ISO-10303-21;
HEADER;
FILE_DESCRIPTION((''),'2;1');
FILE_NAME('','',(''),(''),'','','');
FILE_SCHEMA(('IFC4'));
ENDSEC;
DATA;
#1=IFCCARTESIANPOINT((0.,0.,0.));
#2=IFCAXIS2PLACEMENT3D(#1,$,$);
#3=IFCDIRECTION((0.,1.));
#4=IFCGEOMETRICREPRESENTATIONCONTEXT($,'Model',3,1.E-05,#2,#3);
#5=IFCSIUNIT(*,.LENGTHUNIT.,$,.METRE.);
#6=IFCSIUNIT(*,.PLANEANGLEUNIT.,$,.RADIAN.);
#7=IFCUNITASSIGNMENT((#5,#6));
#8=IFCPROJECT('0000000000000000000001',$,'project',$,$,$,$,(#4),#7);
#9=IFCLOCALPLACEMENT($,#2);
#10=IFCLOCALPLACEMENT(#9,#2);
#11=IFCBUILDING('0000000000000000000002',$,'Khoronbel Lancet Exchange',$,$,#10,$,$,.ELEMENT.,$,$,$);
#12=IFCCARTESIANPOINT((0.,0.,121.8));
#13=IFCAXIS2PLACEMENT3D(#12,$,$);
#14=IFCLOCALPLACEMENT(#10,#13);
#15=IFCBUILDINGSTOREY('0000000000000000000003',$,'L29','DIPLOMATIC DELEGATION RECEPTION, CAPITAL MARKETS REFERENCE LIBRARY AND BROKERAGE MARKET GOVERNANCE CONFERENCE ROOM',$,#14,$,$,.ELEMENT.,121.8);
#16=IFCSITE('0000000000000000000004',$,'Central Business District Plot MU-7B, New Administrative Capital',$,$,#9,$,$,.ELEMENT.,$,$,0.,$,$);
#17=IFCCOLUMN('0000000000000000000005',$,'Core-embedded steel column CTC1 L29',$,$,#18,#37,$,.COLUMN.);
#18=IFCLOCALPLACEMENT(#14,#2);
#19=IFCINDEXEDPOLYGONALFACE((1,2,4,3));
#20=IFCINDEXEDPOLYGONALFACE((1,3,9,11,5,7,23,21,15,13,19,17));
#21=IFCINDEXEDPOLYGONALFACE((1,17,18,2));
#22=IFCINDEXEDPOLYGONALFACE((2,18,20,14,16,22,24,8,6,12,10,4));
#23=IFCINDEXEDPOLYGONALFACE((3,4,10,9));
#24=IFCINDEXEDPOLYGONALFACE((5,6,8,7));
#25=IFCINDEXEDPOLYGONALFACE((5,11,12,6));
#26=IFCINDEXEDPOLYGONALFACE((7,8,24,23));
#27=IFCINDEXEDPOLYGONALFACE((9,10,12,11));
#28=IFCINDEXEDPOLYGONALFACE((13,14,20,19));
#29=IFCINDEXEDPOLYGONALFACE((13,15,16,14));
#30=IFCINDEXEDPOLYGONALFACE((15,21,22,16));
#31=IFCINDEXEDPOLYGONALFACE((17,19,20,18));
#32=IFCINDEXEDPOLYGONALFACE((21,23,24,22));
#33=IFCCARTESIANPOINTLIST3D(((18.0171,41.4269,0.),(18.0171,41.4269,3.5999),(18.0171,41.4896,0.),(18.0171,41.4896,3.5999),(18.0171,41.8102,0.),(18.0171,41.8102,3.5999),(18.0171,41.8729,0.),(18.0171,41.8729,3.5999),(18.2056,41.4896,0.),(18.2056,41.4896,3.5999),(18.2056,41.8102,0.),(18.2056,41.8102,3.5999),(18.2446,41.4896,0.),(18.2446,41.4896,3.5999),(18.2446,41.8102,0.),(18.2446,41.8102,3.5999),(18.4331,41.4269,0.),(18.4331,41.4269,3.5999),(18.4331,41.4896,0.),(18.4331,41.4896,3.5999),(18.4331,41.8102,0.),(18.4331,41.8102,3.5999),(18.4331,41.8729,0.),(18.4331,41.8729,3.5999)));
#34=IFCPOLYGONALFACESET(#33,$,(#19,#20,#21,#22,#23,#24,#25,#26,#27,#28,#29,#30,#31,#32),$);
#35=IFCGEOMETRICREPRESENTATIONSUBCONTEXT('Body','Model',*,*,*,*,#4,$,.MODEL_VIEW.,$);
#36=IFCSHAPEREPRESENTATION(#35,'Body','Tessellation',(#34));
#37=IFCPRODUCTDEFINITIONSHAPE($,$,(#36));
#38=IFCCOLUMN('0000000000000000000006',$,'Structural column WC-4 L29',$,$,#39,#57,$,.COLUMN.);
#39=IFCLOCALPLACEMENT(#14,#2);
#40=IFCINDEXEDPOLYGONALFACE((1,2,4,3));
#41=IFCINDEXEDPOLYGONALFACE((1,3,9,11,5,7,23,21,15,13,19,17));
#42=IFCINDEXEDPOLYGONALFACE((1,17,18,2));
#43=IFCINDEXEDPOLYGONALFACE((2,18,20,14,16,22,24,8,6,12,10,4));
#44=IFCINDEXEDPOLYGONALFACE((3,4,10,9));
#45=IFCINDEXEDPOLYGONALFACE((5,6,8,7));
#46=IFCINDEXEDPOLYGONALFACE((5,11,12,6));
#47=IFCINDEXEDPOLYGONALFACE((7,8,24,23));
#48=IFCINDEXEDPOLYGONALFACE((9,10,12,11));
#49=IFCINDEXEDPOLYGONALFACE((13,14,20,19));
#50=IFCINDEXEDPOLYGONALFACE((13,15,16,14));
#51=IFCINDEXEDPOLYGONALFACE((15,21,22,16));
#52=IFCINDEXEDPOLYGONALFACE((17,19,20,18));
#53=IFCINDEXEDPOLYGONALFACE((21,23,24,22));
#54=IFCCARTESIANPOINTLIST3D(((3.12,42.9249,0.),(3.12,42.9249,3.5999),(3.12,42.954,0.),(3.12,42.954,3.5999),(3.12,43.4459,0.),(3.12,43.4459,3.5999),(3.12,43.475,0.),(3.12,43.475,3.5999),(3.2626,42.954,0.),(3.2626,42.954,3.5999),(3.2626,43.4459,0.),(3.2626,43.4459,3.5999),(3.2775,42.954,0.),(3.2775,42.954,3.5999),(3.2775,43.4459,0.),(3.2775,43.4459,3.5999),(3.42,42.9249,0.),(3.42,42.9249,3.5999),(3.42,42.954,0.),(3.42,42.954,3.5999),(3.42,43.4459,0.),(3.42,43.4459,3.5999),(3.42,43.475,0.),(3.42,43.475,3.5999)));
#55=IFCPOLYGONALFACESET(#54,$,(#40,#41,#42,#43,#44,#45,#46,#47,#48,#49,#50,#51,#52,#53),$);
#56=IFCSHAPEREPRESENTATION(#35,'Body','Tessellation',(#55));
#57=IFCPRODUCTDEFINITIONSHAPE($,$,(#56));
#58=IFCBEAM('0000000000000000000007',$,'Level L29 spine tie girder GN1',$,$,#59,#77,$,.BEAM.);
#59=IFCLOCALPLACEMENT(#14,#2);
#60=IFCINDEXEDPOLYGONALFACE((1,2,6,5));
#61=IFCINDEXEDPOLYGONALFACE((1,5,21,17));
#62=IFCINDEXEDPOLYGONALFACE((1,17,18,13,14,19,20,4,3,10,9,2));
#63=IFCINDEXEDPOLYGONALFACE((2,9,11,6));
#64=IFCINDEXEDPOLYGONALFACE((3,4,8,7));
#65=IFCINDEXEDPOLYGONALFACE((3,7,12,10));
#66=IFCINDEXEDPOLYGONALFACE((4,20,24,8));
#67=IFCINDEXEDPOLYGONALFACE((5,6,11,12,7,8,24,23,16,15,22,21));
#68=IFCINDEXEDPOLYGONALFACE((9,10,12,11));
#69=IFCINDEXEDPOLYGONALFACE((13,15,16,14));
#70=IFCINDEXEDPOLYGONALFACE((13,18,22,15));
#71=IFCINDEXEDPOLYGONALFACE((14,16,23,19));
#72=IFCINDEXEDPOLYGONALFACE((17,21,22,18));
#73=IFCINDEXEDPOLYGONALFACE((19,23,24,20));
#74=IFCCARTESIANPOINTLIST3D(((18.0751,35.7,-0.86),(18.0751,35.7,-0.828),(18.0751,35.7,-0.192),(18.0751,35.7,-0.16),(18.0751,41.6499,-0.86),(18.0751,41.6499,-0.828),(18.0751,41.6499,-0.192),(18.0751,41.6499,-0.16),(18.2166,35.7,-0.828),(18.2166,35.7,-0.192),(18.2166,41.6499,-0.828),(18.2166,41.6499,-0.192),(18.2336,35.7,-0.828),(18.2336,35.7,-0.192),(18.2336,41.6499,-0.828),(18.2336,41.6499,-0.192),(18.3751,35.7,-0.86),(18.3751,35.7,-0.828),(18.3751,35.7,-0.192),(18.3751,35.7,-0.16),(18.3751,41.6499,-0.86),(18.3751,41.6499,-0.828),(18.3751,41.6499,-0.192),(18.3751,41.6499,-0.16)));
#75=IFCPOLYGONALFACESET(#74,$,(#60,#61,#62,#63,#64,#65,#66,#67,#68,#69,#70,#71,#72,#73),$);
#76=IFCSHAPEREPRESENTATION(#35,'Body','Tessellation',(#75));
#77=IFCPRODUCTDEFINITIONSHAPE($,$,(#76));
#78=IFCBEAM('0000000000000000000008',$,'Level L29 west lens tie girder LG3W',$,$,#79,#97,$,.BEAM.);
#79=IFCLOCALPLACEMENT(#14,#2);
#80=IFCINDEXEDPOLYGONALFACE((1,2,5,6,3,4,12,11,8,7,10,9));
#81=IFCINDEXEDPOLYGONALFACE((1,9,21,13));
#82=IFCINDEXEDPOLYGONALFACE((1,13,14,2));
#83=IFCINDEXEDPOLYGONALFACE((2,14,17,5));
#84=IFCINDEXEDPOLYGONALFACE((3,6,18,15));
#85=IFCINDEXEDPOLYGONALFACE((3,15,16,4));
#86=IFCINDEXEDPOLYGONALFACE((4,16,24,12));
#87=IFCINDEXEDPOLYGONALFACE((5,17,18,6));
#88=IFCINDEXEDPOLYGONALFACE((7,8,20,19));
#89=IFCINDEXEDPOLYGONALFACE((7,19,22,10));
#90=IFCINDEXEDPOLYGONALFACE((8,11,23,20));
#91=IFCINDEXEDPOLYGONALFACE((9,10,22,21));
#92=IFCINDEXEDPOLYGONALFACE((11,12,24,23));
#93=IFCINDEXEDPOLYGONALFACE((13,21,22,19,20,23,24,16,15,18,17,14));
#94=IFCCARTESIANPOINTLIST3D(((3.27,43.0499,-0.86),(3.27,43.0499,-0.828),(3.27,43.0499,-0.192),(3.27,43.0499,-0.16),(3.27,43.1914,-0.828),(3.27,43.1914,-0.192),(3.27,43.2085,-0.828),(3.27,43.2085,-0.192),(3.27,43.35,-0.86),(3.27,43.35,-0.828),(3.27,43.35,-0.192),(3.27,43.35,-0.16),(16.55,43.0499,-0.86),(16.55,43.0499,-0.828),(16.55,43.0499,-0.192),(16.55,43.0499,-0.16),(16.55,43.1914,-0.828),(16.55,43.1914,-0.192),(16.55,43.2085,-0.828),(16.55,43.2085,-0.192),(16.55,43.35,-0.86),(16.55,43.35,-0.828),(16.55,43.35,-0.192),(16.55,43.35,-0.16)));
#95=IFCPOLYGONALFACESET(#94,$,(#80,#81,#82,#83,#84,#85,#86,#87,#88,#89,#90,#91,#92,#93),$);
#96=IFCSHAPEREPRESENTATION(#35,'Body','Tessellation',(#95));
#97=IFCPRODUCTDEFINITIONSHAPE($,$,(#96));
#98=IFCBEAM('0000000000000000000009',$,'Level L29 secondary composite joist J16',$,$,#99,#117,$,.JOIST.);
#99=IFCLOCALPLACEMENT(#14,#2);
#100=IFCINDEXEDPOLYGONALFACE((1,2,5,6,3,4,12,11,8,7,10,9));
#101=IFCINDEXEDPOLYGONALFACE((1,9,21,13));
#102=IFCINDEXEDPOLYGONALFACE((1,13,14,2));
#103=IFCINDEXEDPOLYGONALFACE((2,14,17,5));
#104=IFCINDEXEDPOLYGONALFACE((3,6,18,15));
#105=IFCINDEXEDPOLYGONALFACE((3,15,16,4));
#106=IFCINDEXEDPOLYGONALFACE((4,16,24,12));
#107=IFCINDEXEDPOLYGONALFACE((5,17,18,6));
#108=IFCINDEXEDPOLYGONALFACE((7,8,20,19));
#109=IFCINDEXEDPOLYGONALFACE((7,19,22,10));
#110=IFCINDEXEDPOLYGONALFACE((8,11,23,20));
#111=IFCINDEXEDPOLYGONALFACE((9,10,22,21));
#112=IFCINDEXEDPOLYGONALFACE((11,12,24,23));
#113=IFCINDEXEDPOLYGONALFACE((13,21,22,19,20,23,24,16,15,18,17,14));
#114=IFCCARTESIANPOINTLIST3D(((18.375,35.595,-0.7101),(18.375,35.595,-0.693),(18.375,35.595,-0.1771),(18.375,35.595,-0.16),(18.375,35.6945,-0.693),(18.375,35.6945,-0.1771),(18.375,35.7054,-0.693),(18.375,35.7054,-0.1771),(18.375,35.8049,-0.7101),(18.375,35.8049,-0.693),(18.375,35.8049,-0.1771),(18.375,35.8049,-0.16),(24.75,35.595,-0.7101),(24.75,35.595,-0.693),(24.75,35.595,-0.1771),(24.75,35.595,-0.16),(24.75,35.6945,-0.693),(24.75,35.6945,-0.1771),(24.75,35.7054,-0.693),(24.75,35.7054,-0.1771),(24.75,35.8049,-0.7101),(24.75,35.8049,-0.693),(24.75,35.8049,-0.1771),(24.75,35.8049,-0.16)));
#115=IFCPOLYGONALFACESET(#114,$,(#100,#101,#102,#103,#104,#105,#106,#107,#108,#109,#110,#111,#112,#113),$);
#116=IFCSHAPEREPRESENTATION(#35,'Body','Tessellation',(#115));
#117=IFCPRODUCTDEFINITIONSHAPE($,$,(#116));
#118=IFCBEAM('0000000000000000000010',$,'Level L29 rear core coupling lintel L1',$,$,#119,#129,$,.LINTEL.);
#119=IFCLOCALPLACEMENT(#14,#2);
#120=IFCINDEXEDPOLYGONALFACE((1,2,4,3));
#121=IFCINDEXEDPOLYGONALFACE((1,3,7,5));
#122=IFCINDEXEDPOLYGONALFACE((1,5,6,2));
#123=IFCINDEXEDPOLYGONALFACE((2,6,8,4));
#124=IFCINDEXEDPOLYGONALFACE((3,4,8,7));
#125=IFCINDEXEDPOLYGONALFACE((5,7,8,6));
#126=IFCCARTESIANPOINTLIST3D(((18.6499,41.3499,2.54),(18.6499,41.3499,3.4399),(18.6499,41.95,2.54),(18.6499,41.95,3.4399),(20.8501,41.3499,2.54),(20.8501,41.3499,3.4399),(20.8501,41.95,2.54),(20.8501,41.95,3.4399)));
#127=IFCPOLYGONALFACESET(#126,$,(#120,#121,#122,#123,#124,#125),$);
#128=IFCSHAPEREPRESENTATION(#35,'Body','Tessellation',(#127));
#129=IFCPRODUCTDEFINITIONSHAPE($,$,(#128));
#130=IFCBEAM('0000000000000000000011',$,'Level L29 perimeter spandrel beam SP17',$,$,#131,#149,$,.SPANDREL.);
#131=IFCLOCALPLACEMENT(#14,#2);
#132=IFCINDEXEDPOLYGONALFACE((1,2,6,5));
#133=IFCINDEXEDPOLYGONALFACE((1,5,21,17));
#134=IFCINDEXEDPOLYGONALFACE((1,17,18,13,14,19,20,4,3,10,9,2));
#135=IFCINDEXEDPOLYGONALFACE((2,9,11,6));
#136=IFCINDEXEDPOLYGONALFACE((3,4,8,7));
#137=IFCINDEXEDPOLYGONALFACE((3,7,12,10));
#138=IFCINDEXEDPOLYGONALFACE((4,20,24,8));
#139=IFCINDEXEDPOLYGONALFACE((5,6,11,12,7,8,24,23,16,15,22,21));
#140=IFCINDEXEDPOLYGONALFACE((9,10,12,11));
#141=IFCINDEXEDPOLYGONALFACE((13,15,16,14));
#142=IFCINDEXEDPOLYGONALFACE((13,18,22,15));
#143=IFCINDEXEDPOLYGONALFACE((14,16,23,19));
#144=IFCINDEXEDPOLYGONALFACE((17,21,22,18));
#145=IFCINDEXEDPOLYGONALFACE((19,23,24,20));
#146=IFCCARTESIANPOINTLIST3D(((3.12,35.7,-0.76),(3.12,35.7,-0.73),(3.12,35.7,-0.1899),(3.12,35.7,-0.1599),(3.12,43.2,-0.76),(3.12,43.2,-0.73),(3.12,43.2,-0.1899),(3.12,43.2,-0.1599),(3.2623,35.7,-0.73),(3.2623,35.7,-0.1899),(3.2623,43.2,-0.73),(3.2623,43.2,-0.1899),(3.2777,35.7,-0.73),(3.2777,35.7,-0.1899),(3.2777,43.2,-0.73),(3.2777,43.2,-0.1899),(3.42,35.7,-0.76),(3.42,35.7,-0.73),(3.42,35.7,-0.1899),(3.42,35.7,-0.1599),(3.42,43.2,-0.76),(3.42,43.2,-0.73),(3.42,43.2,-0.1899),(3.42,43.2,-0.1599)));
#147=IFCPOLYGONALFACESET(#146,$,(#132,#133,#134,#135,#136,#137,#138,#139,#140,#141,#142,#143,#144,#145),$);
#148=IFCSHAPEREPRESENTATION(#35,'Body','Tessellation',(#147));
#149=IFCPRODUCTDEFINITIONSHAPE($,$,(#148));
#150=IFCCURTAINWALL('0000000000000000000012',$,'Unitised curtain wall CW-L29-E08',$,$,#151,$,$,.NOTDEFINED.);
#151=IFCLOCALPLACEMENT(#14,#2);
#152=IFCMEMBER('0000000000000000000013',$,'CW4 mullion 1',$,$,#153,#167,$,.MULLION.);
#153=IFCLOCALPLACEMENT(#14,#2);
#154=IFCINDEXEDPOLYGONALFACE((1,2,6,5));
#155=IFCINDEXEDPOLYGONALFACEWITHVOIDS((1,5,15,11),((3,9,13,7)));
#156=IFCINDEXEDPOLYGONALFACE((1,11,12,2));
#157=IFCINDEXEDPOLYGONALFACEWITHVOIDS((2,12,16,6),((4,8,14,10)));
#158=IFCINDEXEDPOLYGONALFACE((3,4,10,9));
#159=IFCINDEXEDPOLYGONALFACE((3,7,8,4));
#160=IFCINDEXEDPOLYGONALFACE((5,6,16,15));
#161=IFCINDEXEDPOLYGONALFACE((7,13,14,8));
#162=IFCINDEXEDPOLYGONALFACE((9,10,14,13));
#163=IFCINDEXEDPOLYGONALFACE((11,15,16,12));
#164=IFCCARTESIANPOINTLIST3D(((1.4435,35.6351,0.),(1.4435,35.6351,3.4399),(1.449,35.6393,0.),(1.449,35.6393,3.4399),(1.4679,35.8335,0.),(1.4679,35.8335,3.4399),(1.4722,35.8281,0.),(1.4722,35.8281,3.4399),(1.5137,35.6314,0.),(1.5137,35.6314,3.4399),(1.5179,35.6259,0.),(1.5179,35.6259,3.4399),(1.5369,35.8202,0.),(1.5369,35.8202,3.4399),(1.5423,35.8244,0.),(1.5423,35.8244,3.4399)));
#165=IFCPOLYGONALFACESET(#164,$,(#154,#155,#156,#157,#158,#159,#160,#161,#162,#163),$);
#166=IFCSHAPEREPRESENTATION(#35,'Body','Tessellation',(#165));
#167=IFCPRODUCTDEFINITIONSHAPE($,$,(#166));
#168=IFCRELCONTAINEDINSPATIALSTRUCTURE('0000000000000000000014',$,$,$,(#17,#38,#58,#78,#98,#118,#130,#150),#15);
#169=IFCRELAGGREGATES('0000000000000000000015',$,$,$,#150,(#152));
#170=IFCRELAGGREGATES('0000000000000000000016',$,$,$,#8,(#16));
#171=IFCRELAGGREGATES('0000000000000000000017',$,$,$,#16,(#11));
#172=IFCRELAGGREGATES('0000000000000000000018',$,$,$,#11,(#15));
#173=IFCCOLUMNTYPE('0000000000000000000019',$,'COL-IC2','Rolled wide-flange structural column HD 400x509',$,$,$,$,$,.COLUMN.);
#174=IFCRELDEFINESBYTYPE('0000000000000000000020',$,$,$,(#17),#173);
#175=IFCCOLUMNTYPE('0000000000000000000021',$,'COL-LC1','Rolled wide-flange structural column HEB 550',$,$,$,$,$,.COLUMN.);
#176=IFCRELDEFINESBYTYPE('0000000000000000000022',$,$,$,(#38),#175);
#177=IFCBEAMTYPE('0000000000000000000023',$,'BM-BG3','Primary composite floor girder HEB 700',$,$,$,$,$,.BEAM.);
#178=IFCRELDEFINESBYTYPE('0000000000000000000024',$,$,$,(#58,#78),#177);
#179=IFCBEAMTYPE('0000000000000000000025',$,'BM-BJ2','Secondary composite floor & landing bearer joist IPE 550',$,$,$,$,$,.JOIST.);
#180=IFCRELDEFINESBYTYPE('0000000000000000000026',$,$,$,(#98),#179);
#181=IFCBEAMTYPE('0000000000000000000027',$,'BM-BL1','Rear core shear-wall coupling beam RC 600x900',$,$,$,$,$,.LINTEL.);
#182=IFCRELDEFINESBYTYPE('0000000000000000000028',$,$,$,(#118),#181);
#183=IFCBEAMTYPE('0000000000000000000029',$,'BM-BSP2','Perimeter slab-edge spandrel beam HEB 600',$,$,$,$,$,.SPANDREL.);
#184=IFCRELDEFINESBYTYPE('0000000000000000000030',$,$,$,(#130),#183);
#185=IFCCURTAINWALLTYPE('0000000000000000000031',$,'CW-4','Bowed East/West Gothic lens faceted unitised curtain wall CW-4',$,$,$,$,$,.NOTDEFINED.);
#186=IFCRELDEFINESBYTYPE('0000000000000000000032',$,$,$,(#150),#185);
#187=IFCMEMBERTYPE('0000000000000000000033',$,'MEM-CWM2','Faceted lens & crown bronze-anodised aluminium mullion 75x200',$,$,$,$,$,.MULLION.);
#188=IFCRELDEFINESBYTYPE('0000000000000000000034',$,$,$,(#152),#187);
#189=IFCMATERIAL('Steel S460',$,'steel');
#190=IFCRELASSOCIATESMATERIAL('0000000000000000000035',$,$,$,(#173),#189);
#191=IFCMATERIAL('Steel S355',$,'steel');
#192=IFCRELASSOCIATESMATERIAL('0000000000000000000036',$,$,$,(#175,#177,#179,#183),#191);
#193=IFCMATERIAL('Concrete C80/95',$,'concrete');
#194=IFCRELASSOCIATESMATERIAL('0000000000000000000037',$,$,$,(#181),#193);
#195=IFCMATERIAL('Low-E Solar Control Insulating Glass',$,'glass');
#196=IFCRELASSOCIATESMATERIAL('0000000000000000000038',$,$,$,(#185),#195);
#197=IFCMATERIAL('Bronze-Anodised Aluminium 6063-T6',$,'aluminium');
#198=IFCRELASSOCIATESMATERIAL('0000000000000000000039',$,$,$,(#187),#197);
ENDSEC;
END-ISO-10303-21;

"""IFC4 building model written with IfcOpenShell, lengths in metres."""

from ifc_helpers import new_model, si_unit, direction, frame, origin, origin_2d, place, context, subcontext, project, spatial, rectangle, hollow_rectangle, i_section, extrude, material, material_profile, profile_set, type_object, element, aggregate, save


model = new_model("IFC4")

# Units and contexts
model_context = context("Model", 3, precision=1e-05, world=origin(), true_north=direction((0.0, 1.0)))
body_context = subcontext(model_context, "Body", "Model", "MODEL_VIEW")
ifc_project = project(units=[si_unit("LENGTHUNIT", "METRE"), si_unit("PLANEANGLEUNIT", "RADIAN")], contexts=[model_context])

# Site, building, storey
site_placement = place(None, origin())
site = spatial("IfcSite", under=ifc_project, at=site_placement, Name="Central Business District Plot MU-7B, New Administrative Capital", CompositionType="ELEMENT", RefElevation=0.0)
building_placement = place(site_placement, origin())
building = spatial("IfcBuilding", under=site, at=building_placement, Name="Khoronbel Lancet Exchange", CompositionType="ELEMENT")
storey_placement = place(building_placement, frame((0.0, 0.0, 121.8)))
storey = spatial("IfcBuildingStorey", under=building, at=storey_placement, Name="L29", Description="DIPLOMATIC DELEGATION RECEPTION, CAPITAL MARKETS REFERENCE LIBRARY AND BROKERAGE MARKET GOVERNANCE CONFERENCE ROOM", CompositionType="ELEMENT", Elevation=121.8)

# Columns
ifc_material_1 = material(Name="Steel S460", Category="steel")
ifc_material_profile_1 = material_profile(ifc_material_1, i_section(OverallWidth=0.416, OverallDepth=0.446, WebThickness=0.0391, FlangeThickness=0.0627, at=origin_2d()), Name="HD 400x509")
ifc_profile_set_1 = profile_set([ifc_material_profile_1], Name="Steel S460")
column_type_1 = type_object("IfcColumnType", Name="COL-IC2", Description="Rolled wide-flange structural column HD 400x509", PredefinedType="COLUMN", material=ifc_profile_set_1)
column_1_placement = place(storey_placement, frame((18.2251, 41.6499, 0.0), z_axis=(0.0, 0.0, 1.0), x_axis=(1.0, 0.0, 0.0)))
element("IfcColumn", 1, at=column_1_placement, inside=storey, type_object=column_type_1, Name="Core-embedded steel column CTC1 L29", PredefinedType="COLUMN", context=body_context, shape_type="SweptSolid", body=[
    extrude(i_section(OverallWidth=0.416, OverallDepth=0.446, WebThickness=0.0391, FlangeThickness=0.0627, at=origin_2d()), origin(), (0.0, 0.0, 1.0), 3.5999),
])
ifc_material_2 = material(Name="Steel S355", Category="steel")
ifc_material_profile_2 = material_profile(ifc_material_2, i_section(OverallWidth=0.3, OverallDepth=0.55, WebThickness=0.0149, FlangeThickness=0.0291, at=origin_2d()), Name="HEB 550")
ifc_profile_set_2 = profile_set([ifc_material_profile_2], Name="Steel S355")
column_type_2 = type_object("IfcColumnType", Name="COL-LC1", Description="Rolled wide-flange structural column HEB 550", PredefinedType="COLUMN", material=ifc_profile_set_2)
column_2_placement = place(storey_placement, frame((3.27, 43.2, 0.0), z_axis=(0.0, 0.0, 1.0), x_axis=(1.0, 0.0, 0.0)))
element("IfcColumn", 2, at=column_2_placement, inside=storey, type_object=column_type_2, Name="Structural column WC-4 L29", PredefinedType="COLUMN", context=body_context, shape_type="SweptSolid", body=[
    extrude(i_section(OverallWidth=0.3, OverallDepth=0.55, WebThickness=0.0149, FlangeThickness=0.0291, at=origin_2d()), origin(), (0.0, 0.0, 1.0), 3.5999),
])

# Beams
ifc_material_profile_3 = material_profile(ifc_material_2, i_section(OverallWidth=0.3, OverallDepth=0.7, WebThickness=0.0171, FlangeThickness=0.032, at=origin_2d()), Name="HEB 700")
ifc_profile_set_3 = profile_set([ifc_material_profile_3], Name="Steel S355")
beam_type_1 = type_object("IfcBeamType", Name="BM-BG3", Description="Primary composite floor girder HEB 700", PredefinedType="BEAM", material=ifc_profile_set_3)
beam_1_placement = place(storey_placement, frame((18.2251, 35.7, -0.51), z_axis=(0.0, 1.0, 0.0), x_axis=(-1.0, 0.0, 0.0)))
element("IfcBeam", 3, at=beam_1_placement, inside=storey, type_object=beam_type_1, Name="Level L29 spine tie girder GN1", PredefinedType="BEAM", context=body_context, shape_type="SweptSolid", body=[
    extrude(i_section(OverallWidth=0.3, OverallDepth=0.7, WebThickness=0.0171, FlangeThickness=0.032, at=origin_2d()), origin(), (0.0, 0.0, 1.0), 5.95),
])
beam_2_placement = place(storey_placement, frame((3.27, 43.2, -0.51), z_axis=(1.0, 0.0, 0.0), x_axis=(0.0, 1.0, 0.0)))
element("IfcBeam", 4, at=beam_2_placement, inside=storey, type_object=beam_type_1, Name="Level L29 west lens tie girder LG3W", PredefinedType="BEAM", context=body_context, shape_type="SweptSolid", body=[
    extrude(i_section(OverallWidth=0.3, OverallDepth=0.7, WebThickness=0.0171, FlangeThickness=0.032, at=origin_2d()), origin(), (0.0, 0.0, 1.0), 13.28),
])
ifc_material_profile_4 = material_profile(ifc_material_2, i_section(OverallWidth=0.21, OverallDepth=0.55, WebThickness=0.011, FlangeThickness=0.0171, at=origin_2d()), Name="IPE 550")
ifc_profile_set_4 = profile_set([ifc_material_profile_4], Name="Steel S355")
beam_type_2 = type_object("IfcBeamType", Name="BM-BJ2", Description="Secondary composite floor & landing bearer joist IPE 550", PredefinedType="JOIST", material=ifc_profile_set_4)
beam_3_placement = place(storey_placement, frame((18.375, 35.7, -0.4351), z_axis=(1.0, 0.0, 0.0), x_axis=(0.0, 1.0, 0.0)))
element("IfcBeam", 5, at=beam_3_placement, inside=storey, type_object=beam_type_2, Name="Level L29 secondary composite joist J16", PredefinedType="JOIST", context=body_context, shape_type="SweptSolid", body=[
    extrude(i_section(OverallWidth=0.21, OverallDepth=0.55, WebThickness=0.011, FlangeThickness=0.0171, at=origin_2d()), origin(), (0.0, 0.0, 1.0), 6.375),
])
ifc_material_3 = material(Name="Concrete C80/95", Category="concrete")
ifc_material_profile_5 = material_profile(ifc_material_3, rectangle(XDim=0.6001, YDim=0.8999, at=origin_2d()), Name="RC 600x900")
ifc_profile_set_5 = profile_set([ifc_material_profile_5], Name="Concrete C80/95")
beam_type_3 = type_object("IfcBeamType", Name="BM-BL1", Description="Rear core shear-wall coupling beam RC 600x900", PredefinedType="LINTEL", material=ifc_profile_set_5)
beam_4_placement = place(storey_placement, frame((18.6499, 41.6499, 2.99), z_axis=(1.0, 0.0, 0.0), x_axis=(0.0, 1.0, 0.0)))
element("IfcBeam", 6, at=beam_4_placement, inside=storey, type_object=beam_type_3, Name="Level L29 rear core coupling lintel L1", PredefinedType="LINTEL", context=body_context, shape_type="SweptSolid", body=[
    extrude(rectangle(XDim=0.6001, YDim=0.8999, at=origin_2d()), origin(), (0.0, 0.0, 1.0), 2.2002),
])
ifc_material_profile_6 = material_profile(ifc_material_2, i_section(OverallWidth=0.3, OverallDepth=0.6001, WebThickness=0.0154, FlangeThickness=0.03, at=origin_2d()), Name="HEB 600")
ifc_profile_set_6 = profile_set([ifc_material_profile_6], Name="Steel S355")
beam_type_4 = type_object("IfcBeamType", Name="BM-BSP2", Description="Perimeter slab-edge spandrel beam HEB 600", PredefinedType="SPANDREL", material=ifc_profile_set_6)
beam_5_placement = place(storey_placement, frame((3.27, 43.2, -0.46), z_axis=(0.0, -1.0, 0.0), x_axis=(1.0, 0.0, 0.0)))
element("IfcBeam", 7, at=beam_5_placement, inside=storey, type_object=beam_type_4, Name="Level L29 perimeter spandrel beam SP17", PredefinedType="SPANDREL", context=body_context, shape_type="SweptSolid", body=[
    extrude(i_section(OverallWidth=0.3, OverallDepth=0.6001, WebThickness=0.0154, FlangeThickness=0.03, at=origin_2d()), origin(), (0.0, 0.0, 1.0), 7.5),
])

# Curtain wall, member
ifc_material_4 = material(Name="Low-E Solar Control Insulating Glass", Category="glass")
curtain_wall_type = type_object("IfcCurtainWallType", Name="CW-4", Description="Bowed East/West Gothic lens faceted unitised curtain wall CW-4", PredefinedType="NOTDEFINED", material=ifc_material_4)
curtain_wall_1_placement = place(storey_placement, origin())
curtain_wall_1 = element("IfcCurtainWall", 8, at=curtain_wall_1_placement, inside=storey, type_object=curtain_wall_type, Name="Unitised curtain wall CW-L29-E08", PredefinedType="NOTDEFINED")
ifc_material_5 = material(Name="Bronze-Anodised Aluminium 6063-T6", Category="aluminium")
ifc_material_profile_7 = material_profile(ifc_material_5, hollow_rectangle(XDim=0.075, YDim=0.2, WallThickness=0.0049, at=origin_2d()), Name="ALU MULLION 75x200")
ifc_profile_set_7 = profile_set([ifc_material_profile_7], Name="Bronze-Anodised Aluminium 6063-T6")
member_type_1 = type_object("IfcMemberType", Name="MEM-CWM2", Description="Faceted lens & crown bronze-anodised aluminium mullion 75x200", PredefinedType="MULLION", material=ifc_profile_set_7)
member_1_placement = place(storey_placement, frame((1.4929, 35.7297, 0.0), z_axis=(0.0, 0.0, 1.0), x_axis=(-0.992557, 0.121779, 0.0)))
member_1 = element("IfcMember", 9, at=member_1_placement, type_object=member_type_1, Name="CW4 mullion 1", PredefinedType="MULLION", context=body_context, shape_type="SweptSolid", body=[
    extrude(hollow_rectangle(XDim=0.075, YDim=0.2, WallThickness=0.0049, at=origin_2d()), origin(), (0.0, 0.0, 1.0), 3.4399),
])

aggregate(curtain_wall_1, [member_1])

save(model, "model.ifc")
